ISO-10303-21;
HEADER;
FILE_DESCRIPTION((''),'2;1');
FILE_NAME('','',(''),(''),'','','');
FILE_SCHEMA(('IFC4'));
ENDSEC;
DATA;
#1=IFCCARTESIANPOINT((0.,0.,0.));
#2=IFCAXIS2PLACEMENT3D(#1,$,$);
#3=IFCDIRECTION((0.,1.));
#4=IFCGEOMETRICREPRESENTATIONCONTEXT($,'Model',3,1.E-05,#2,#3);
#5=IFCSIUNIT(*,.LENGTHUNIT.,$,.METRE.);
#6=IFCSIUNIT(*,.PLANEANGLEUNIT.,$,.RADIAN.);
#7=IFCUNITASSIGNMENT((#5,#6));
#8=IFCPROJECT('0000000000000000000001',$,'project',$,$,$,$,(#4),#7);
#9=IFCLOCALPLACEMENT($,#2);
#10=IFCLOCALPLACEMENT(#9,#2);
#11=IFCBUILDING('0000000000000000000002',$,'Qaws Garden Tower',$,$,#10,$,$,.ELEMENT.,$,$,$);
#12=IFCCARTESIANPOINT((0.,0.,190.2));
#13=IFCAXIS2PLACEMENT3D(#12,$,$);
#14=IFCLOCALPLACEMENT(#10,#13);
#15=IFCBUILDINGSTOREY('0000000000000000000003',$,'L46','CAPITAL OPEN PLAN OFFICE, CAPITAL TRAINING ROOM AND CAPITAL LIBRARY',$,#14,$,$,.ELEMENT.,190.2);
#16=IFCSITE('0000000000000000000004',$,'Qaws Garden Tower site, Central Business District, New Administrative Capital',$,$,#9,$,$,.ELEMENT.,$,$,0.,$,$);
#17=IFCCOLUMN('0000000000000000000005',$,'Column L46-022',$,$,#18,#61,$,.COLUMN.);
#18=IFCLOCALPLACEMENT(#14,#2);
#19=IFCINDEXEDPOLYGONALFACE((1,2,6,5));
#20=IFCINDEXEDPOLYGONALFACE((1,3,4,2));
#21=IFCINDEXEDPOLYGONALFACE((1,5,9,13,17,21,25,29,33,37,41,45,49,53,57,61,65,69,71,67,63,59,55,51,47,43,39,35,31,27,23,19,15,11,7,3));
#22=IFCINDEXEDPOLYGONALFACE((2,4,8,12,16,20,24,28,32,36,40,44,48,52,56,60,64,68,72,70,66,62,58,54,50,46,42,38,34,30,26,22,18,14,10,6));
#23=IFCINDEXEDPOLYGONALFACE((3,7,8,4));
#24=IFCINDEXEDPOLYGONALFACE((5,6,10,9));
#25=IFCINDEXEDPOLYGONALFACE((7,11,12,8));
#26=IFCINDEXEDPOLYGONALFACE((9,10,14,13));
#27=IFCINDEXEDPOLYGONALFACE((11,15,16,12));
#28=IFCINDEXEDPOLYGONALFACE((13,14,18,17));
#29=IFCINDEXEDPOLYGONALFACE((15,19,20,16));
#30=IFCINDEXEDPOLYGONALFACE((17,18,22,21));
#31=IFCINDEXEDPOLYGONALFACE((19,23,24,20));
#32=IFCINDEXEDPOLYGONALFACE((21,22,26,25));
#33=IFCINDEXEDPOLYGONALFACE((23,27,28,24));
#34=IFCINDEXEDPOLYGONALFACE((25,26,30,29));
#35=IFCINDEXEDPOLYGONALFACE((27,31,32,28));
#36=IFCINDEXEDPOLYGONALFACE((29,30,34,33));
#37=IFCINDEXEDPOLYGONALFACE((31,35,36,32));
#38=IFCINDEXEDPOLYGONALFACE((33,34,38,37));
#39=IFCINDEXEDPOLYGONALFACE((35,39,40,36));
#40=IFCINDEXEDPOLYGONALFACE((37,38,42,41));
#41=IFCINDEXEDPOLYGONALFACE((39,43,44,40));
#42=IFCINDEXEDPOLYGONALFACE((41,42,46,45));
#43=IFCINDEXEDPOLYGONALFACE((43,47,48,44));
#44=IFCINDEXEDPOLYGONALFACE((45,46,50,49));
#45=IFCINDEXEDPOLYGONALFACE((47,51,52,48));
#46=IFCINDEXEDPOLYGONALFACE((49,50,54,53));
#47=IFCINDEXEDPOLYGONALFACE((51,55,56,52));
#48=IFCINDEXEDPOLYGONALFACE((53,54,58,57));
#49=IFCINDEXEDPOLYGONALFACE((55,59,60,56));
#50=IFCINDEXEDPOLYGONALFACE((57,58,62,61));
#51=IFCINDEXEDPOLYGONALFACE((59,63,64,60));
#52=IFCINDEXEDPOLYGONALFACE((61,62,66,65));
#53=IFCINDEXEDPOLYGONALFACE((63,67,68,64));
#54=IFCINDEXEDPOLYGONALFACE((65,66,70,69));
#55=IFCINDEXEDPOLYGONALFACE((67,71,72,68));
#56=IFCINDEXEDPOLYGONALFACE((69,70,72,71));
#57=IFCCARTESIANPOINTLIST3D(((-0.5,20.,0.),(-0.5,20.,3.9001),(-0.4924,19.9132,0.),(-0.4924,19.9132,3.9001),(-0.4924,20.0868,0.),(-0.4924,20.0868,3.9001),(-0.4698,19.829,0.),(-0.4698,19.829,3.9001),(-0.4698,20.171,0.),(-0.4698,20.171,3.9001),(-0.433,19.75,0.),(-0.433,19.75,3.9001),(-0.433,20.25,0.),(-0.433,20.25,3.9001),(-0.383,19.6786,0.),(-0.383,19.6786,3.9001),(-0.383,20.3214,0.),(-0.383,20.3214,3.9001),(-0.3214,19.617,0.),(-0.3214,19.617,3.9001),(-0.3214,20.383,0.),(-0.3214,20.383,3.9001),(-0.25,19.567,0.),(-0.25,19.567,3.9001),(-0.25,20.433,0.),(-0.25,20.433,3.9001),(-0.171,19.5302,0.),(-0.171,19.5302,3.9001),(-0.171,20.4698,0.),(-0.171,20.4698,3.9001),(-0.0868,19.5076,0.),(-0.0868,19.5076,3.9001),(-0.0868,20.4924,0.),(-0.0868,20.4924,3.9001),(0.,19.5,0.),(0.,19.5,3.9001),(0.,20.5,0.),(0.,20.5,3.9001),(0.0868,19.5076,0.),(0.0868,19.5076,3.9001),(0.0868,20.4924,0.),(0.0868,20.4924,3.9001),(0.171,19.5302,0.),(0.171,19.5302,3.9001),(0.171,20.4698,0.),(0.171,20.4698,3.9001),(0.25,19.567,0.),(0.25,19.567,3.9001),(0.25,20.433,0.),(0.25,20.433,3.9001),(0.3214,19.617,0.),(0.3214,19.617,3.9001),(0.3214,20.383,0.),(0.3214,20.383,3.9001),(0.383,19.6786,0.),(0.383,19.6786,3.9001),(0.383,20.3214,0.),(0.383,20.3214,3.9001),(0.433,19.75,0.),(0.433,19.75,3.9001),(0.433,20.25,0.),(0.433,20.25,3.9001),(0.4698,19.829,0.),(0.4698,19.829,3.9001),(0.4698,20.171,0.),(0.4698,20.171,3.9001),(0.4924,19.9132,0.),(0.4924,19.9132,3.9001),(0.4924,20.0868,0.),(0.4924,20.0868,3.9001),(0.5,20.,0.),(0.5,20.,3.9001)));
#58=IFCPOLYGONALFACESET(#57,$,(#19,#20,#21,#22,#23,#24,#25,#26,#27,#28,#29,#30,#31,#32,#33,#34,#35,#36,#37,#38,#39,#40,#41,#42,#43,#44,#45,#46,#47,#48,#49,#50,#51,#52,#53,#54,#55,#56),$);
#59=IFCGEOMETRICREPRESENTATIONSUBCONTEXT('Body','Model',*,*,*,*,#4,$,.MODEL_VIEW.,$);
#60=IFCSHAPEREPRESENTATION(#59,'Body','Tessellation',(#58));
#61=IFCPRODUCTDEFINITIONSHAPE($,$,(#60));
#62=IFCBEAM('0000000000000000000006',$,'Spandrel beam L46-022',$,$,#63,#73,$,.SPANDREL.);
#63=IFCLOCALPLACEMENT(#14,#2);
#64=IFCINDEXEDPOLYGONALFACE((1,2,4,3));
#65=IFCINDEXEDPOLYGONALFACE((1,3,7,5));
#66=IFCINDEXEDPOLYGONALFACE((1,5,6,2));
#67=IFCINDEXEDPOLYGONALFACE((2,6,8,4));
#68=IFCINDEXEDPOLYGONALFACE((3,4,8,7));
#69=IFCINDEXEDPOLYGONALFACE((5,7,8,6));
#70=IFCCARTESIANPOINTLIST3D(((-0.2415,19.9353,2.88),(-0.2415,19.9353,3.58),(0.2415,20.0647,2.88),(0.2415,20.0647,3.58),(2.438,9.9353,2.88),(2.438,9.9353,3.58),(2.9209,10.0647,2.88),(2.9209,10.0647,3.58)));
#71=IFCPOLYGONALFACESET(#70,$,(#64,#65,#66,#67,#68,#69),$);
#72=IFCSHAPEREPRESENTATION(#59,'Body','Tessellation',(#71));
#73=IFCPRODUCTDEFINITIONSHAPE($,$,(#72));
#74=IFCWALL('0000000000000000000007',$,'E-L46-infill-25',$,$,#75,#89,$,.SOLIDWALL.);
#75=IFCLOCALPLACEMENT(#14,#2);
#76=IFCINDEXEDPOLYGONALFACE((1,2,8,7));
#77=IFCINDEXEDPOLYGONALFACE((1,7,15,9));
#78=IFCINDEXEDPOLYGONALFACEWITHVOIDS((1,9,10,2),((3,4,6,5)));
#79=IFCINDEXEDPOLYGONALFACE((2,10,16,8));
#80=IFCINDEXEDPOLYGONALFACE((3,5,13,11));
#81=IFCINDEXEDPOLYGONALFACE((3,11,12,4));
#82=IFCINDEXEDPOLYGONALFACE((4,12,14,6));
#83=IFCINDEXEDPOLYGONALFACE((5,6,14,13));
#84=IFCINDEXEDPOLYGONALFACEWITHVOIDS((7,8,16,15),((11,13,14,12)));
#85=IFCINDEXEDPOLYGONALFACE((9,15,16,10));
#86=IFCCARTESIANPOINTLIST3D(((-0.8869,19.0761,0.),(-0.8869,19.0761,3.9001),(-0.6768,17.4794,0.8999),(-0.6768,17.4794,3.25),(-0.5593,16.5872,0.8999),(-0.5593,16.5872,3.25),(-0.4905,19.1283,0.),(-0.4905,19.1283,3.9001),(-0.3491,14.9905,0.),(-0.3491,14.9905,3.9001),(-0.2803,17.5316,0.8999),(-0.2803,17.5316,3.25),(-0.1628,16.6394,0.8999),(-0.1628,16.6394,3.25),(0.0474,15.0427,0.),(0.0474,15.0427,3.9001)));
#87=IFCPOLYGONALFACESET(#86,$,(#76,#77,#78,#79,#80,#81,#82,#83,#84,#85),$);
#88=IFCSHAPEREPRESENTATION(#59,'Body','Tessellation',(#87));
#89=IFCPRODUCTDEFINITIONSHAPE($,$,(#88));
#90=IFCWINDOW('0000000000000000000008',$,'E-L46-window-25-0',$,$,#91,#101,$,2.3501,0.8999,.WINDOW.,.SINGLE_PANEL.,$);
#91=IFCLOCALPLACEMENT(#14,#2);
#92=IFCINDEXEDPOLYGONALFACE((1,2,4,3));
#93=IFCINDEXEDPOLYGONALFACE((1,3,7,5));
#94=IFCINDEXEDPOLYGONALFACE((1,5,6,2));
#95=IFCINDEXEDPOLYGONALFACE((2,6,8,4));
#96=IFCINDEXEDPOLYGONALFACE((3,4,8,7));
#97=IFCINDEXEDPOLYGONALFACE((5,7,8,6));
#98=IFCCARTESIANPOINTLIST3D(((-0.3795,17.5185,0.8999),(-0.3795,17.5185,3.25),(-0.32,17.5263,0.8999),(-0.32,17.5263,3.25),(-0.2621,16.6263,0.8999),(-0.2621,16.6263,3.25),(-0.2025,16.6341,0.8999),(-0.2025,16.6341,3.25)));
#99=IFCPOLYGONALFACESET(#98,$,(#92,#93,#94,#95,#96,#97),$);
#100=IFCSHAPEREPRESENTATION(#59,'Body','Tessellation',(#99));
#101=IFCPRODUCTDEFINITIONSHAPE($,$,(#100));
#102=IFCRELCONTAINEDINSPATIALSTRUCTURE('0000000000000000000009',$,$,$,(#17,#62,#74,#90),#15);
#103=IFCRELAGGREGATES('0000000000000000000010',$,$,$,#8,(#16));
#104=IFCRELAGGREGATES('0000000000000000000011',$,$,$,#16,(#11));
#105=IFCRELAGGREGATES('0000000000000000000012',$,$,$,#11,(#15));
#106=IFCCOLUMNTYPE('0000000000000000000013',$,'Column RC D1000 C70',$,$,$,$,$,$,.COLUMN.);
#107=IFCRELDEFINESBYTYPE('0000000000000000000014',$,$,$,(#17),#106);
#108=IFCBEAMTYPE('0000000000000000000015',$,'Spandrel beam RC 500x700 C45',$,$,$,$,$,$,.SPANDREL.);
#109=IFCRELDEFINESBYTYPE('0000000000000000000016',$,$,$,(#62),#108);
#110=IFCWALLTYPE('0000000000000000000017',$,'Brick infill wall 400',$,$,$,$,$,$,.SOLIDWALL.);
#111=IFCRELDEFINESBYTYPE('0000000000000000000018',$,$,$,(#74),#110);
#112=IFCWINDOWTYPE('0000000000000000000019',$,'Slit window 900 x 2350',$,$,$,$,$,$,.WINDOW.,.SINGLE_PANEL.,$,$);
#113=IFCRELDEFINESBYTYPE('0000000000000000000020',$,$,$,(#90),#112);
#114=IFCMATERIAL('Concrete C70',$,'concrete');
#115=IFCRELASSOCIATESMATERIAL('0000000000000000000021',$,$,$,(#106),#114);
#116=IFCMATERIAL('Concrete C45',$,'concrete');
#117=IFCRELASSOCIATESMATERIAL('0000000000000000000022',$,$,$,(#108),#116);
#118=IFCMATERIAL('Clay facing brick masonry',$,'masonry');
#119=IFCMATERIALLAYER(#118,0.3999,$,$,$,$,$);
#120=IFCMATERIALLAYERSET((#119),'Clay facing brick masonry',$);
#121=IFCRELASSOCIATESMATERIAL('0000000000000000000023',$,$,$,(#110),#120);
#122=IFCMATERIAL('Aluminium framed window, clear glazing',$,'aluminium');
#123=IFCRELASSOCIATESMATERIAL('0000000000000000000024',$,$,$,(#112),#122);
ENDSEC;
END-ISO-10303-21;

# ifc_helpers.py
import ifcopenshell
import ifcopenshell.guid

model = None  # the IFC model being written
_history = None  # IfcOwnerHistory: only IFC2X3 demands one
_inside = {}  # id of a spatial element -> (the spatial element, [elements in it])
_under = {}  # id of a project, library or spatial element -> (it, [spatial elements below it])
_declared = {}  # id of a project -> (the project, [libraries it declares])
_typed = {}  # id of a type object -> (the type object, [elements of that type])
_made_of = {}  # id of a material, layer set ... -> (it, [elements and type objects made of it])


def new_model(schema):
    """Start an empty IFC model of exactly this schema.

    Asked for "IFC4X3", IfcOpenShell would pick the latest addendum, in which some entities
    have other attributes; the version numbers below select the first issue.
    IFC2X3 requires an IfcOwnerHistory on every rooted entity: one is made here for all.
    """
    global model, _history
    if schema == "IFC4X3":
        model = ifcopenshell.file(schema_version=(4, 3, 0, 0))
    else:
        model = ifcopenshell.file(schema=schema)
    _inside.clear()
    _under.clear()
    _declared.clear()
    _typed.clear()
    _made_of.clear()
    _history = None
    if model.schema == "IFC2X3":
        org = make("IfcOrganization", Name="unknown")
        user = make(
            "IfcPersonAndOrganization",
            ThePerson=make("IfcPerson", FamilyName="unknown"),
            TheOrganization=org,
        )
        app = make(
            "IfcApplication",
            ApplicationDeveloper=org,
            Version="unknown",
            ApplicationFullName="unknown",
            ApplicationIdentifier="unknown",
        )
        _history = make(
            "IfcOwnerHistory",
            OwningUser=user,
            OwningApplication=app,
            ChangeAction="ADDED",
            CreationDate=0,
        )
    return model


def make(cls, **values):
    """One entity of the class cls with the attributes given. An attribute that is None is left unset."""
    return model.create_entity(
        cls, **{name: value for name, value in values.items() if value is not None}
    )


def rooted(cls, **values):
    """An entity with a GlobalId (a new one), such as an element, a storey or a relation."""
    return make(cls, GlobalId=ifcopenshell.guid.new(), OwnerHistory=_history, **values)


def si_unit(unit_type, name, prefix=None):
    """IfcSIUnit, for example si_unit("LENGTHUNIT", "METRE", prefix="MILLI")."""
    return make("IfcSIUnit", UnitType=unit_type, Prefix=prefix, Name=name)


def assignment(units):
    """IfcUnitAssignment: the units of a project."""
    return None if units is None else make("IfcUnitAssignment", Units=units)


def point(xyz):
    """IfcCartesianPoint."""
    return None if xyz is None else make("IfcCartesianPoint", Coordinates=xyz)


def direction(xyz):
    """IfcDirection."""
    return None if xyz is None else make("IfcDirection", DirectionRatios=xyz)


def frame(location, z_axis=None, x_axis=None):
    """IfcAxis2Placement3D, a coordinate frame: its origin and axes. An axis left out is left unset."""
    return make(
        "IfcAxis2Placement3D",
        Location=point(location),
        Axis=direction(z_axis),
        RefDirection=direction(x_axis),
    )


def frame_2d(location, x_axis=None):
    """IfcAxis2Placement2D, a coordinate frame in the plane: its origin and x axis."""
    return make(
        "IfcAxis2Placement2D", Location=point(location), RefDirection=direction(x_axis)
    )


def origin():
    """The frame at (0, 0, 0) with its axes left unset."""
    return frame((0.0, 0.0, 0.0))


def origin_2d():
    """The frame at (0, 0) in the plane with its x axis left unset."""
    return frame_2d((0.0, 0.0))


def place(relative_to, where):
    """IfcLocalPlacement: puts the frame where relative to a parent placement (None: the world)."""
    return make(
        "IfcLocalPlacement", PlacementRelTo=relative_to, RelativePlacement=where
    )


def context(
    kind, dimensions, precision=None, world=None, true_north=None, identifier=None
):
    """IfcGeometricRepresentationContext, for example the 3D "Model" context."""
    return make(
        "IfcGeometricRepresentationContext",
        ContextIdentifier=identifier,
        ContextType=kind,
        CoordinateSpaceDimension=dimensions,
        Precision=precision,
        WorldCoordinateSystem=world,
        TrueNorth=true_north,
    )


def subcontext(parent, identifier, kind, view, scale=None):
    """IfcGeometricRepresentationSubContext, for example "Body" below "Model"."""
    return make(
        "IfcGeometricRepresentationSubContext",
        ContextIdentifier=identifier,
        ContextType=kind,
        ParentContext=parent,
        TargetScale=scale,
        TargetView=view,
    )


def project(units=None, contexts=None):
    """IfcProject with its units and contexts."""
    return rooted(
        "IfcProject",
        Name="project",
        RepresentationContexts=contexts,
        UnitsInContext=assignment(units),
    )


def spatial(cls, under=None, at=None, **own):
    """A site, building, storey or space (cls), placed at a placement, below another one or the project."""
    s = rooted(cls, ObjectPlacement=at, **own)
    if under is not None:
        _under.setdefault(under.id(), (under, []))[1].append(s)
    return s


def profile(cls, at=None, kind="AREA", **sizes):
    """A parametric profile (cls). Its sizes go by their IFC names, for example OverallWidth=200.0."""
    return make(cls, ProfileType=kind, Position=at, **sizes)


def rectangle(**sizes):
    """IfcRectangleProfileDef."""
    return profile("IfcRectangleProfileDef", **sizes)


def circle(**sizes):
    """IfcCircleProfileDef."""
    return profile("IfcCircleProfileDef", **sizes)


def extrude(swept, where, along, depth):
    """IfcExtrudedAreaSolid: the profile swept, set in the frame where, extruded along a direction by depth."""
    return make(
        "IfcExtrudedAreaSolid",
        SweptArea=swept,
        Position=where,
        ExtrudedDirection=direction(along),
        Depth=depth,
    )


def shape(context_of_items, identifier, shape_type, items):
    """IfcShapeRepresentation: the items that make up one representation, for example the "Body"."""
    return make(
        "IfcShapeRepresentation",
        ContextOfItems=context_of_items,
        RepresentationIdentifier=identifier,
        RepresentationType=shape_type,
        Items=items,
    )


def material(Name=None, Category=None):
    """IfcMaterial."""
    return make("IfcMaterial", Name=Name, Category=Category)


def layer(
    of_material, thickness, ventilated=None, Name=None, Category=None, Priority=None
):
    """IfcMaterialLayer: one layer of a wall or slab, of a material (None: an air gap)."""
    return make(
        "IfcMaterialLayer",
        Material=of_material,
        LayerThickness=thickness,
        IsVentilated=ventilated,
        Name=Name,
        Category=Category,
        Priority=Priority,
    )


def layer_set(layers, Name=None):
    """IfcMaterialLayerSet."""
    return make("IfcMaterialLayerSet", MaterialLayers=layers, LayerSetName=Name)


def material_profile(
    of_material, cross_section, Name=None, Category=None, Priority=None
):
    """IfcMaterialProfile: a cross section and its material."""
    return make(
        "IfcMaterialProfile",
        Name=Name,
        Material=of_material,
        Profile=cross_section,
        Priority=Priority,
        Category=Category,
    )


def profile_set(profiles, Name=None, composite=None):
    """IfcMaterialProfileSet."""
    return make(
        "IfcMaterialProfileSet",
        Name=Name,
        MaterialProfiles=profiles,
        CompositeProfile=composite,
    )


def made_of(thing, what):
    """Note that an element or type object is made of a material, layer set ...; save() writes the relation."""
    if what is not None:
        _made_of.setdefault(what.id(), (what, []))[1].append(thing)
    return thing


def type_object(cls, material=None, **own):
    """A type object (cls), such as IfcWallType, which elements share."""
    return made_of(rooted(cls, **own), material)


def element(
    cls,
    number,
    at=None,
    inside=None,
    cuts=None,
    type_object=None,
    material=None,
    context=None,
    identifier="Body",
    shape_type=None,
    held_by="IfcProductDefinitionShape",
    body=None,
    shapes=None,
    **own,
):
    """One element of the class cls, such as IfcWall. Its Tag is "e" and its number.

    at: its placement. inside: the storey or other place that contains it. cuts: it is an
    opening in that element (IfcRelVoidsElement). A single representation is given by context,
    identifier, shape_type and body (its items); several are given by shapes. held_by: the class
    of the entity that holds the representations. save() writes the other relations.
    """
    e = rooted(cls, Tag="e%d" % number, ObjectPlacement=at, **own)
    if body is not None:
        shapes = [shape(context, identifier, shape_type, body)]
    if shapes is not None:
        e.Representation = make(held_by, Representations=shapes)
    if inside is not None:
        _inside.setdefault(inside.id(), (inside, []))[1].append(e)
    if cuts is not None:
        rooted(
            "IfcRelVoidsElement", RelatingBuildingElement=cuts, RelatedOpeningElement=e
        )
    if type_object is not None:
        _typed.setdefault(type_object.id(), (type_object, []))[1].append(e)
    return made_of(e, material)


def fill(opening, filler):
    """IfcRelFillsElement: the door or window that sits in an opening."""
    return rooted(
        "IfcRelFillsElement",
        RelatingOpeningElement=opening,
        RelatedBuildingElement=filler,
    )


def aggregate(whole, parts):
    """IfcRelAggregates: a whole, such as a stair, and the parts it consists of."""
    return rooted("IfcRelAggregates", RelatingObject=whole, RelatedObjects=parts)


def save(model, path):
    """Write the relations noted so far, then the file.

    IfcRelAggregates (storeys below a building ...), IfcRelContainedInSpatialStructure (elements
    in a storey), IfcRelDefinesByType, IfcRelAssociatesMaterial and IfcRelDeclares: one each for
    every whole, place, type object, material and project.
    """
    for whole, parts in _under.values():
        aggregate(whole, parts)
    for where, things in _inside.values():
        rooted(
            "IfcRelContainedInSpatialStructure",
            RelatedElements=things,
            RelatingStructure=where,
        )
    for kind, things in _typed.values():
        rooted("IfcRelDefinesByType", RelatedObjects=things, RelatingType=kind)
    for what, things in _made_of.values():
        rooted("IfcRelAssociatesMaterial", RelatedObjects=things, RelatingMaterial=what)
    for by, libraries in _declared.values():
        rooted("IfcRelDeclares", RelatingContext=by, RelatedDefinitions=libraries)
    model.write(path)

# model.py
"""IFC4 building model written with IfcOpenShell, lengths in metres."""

from ifc_helpers import new_model, si_unit, direction, frame, frame_2d, origin, origin_2d, place, context, subcontext, project, spatial, rectangle, circle, extrude, material, layer, layer_set, material_profile, profile_set, type_object, element, fill, save


model = new_model("IFC4")

# Units and contexts
model_context = context("Model", 3, precision=1e-05, world=origin(), true_north=direction((0.0, 1.0)))
body_context = subcontext(model_context, "Body", "Model", "MODEL_VIEW")
ifc_project = project(units=[si_unit("LENGTHUNIT", "METRE"), si_unit("PLANEANGLEUNIT", "RADIAN")], contexts=[model_context])

# Site, building, storey
site_placement = place(None, origin())
site = spatial("IfcSite", under=ifc_project, at=site_placement, Name="Qaws Garden Tower site, Central Business District, New Administrative Capital", CompositionType="ELEMENT", RefElevation=0.0)
building_placement = place(site_placement, origin())
building = spatial("IfcBuilding", under=site, at=building_placement, Name="Qaws Garden Tower", CompositionType="ELEMENT")
storey_placement = place(building_placement, frame((0.0, 0.0, 190.2)))
storey = spatial("IfcBuildingStorey", under=building, at=storey_placement, Name="L46", Description="CAPITAL OPEN PLAN OFFICE, CAPITAL TRAINING ROOM AND CAPITAL LIBRARY", CompositionType="ELEMENT", Elevation=190.2)

# Column
ifc_material_1 = material(Name="Concrete C70", Category="concrete")
ifc_material_profile_1 = material_profile(ifc_material_1, circle(Radius=0.5, at=origin_2d()), Name="RC D1000")
ifc_profile_set_1 = profile_set([ifc_material_profile_1], Name="Concrete C70")
column_type = type_object("IfcColumnType", Name="Column RC D1000 C70", PredefinedType="COLUMN", material=ifc_profile_set_1)
column_placement = place(storey_placement, frame((0.0, 20.0, 0.0), z_axis=(0.0, 0.0, 1.0), x_axis=(1.0, 0.0, 0.0)))
element("IfcColumn", 1, at=column_placement, inside=storey, type_object=column_type, Name="Column L46-022", PredefinedType="COLUMN", context=body_context, shape_type="SweptSolid", body=[
    extrude(circle(Radius=0.5, at=origin_2d()), origin(), (0.0, 0.0, 1.0), 3.9001),
])

# Beam
ifc_material_2 = material(Name="Concrete C45", Category="concrete")
ifc_material_profile_2 = material_profile(ifc_material_2, rectangle(XDim=0.5, YDim=0.7, at=origin_2d()), Name="RC 500x700")
ifc_profile_set_2 = profile_set([ifc_material_profile_2], Name="Concrete C45")
beam_type = type_object("IfcBeamType", Name="Spandrel beam RC 500x700 C45", PredefinedType="SPANDREL", material=ifc_profile_set_2)
beam_placement = place(storey_placement, frame((0.0, 20.0, 3.23), z_axis=(0.258815, -0.965927, 0.0), x_axis=(0.965927, 0.258815, 0.0)))
element("IfcBeam", 2, at=beam_placement, inside=storey, type_object=beam_type, Name="Spandrel beam L46-022", PredefinedType="SPANDREL", context=body_context, shape_type="SweptSolid", body=[
    extrude(rectangle(XDim=0.5, YDim=0.7, at=origin_2d()), origin(), (0.0, 0.0, 1.0), 10.3528),
])

# Wall, opening, window
ifc_material_3 = material(Name="Clay facing brick masonry", Category="masonry")
ifc_layer_1 = layer(ifc_material_3, 0.3999)
ifc_layer_set_1 = layer_set([ifc_layer_1], Name="Clay facing brick masonry")
wall_type_1 = type_object("IfcWallType", Name="Brick infill wall 400", PredefinedType="SOLIDWALL", material=ifc_layer_set_1)
wall_1_placement = place(storey_placement, frame((-0.6887, 19.1023, 0.0), z_axis=(0.0, 0.0, 1.0), x_axis=(0.130514, -0.991446, 0.0)))
wall_1 = element("IfcWall", 3, at=wall_1_placement, inside=storey, type_object=wall_type_1, Name="E-L46-infill-25", PredefinedType="SOLIDWALL", context=body_context, shape_type="SweptSolid", body=[
    extrude(rectangle(XDim=4.1208, YDim=0.3999, at=frame_2d((2.0605, 0.0))), origin(), (0.0, 0.0, 1.0), 3.9001),
])
opening_1_placement = place(wall_1_placement, frame((1.6106, 0.0, 0.8999)))
opening_1 = element("IfcOpeningElement", 4, at=opening_1_placement, cuts=wall_1, PredefinedType="OPENING", context=body_context, shape_type="SweptSolid", body=[
    extrude(rectangle(XDim=0.8999, YDim=2.3501, at=frame_2d((0.45, 1.175))), frame((0.0, 0.21, 0.0), z_axis=(0.0, -1.0, 0.0), x_axis=(1.0, 0.0, 0.0)), (0.0, 0.0, 1.0), 0.4199),
])
ifc_material_4 = material(Name="Aluminium framed window, clear glazing", Category="aluminium")
window_type = type_object("IfcWindowType", Name="Slit window 900 x 2350", PartitioningType="SINGLE_PANEL", PredefinedType="WINDOW", material=ifc_material_4)
window_placement = place(opening_1_placement, origin())
window = element("IfcWindow", 5, at=window_placement, inside=storey, type_object=window_type, Name="E-L46-window-25-0", OverallHeight=2.3501, OverallWidth=0.8999, PartitioningType="SINGLE_PANEL", PredefinedType="WINDOW", context=body_context, shape_type="SweptSolid", body=[
    extrude(rectangle(XDim=0.8999, YDim=2.3501, at=frame_2d((0.45, 1.175))), frame((0.0, 0.1599, 0.0), z_axis=(0.0, -1.0, 0.0), x_axis=(1.0, 0.0, 0.0)), (0.0, 0.0, 1.0), 0.0601),
])
fill(opening_1, window)

save(model, "model.ifc")
